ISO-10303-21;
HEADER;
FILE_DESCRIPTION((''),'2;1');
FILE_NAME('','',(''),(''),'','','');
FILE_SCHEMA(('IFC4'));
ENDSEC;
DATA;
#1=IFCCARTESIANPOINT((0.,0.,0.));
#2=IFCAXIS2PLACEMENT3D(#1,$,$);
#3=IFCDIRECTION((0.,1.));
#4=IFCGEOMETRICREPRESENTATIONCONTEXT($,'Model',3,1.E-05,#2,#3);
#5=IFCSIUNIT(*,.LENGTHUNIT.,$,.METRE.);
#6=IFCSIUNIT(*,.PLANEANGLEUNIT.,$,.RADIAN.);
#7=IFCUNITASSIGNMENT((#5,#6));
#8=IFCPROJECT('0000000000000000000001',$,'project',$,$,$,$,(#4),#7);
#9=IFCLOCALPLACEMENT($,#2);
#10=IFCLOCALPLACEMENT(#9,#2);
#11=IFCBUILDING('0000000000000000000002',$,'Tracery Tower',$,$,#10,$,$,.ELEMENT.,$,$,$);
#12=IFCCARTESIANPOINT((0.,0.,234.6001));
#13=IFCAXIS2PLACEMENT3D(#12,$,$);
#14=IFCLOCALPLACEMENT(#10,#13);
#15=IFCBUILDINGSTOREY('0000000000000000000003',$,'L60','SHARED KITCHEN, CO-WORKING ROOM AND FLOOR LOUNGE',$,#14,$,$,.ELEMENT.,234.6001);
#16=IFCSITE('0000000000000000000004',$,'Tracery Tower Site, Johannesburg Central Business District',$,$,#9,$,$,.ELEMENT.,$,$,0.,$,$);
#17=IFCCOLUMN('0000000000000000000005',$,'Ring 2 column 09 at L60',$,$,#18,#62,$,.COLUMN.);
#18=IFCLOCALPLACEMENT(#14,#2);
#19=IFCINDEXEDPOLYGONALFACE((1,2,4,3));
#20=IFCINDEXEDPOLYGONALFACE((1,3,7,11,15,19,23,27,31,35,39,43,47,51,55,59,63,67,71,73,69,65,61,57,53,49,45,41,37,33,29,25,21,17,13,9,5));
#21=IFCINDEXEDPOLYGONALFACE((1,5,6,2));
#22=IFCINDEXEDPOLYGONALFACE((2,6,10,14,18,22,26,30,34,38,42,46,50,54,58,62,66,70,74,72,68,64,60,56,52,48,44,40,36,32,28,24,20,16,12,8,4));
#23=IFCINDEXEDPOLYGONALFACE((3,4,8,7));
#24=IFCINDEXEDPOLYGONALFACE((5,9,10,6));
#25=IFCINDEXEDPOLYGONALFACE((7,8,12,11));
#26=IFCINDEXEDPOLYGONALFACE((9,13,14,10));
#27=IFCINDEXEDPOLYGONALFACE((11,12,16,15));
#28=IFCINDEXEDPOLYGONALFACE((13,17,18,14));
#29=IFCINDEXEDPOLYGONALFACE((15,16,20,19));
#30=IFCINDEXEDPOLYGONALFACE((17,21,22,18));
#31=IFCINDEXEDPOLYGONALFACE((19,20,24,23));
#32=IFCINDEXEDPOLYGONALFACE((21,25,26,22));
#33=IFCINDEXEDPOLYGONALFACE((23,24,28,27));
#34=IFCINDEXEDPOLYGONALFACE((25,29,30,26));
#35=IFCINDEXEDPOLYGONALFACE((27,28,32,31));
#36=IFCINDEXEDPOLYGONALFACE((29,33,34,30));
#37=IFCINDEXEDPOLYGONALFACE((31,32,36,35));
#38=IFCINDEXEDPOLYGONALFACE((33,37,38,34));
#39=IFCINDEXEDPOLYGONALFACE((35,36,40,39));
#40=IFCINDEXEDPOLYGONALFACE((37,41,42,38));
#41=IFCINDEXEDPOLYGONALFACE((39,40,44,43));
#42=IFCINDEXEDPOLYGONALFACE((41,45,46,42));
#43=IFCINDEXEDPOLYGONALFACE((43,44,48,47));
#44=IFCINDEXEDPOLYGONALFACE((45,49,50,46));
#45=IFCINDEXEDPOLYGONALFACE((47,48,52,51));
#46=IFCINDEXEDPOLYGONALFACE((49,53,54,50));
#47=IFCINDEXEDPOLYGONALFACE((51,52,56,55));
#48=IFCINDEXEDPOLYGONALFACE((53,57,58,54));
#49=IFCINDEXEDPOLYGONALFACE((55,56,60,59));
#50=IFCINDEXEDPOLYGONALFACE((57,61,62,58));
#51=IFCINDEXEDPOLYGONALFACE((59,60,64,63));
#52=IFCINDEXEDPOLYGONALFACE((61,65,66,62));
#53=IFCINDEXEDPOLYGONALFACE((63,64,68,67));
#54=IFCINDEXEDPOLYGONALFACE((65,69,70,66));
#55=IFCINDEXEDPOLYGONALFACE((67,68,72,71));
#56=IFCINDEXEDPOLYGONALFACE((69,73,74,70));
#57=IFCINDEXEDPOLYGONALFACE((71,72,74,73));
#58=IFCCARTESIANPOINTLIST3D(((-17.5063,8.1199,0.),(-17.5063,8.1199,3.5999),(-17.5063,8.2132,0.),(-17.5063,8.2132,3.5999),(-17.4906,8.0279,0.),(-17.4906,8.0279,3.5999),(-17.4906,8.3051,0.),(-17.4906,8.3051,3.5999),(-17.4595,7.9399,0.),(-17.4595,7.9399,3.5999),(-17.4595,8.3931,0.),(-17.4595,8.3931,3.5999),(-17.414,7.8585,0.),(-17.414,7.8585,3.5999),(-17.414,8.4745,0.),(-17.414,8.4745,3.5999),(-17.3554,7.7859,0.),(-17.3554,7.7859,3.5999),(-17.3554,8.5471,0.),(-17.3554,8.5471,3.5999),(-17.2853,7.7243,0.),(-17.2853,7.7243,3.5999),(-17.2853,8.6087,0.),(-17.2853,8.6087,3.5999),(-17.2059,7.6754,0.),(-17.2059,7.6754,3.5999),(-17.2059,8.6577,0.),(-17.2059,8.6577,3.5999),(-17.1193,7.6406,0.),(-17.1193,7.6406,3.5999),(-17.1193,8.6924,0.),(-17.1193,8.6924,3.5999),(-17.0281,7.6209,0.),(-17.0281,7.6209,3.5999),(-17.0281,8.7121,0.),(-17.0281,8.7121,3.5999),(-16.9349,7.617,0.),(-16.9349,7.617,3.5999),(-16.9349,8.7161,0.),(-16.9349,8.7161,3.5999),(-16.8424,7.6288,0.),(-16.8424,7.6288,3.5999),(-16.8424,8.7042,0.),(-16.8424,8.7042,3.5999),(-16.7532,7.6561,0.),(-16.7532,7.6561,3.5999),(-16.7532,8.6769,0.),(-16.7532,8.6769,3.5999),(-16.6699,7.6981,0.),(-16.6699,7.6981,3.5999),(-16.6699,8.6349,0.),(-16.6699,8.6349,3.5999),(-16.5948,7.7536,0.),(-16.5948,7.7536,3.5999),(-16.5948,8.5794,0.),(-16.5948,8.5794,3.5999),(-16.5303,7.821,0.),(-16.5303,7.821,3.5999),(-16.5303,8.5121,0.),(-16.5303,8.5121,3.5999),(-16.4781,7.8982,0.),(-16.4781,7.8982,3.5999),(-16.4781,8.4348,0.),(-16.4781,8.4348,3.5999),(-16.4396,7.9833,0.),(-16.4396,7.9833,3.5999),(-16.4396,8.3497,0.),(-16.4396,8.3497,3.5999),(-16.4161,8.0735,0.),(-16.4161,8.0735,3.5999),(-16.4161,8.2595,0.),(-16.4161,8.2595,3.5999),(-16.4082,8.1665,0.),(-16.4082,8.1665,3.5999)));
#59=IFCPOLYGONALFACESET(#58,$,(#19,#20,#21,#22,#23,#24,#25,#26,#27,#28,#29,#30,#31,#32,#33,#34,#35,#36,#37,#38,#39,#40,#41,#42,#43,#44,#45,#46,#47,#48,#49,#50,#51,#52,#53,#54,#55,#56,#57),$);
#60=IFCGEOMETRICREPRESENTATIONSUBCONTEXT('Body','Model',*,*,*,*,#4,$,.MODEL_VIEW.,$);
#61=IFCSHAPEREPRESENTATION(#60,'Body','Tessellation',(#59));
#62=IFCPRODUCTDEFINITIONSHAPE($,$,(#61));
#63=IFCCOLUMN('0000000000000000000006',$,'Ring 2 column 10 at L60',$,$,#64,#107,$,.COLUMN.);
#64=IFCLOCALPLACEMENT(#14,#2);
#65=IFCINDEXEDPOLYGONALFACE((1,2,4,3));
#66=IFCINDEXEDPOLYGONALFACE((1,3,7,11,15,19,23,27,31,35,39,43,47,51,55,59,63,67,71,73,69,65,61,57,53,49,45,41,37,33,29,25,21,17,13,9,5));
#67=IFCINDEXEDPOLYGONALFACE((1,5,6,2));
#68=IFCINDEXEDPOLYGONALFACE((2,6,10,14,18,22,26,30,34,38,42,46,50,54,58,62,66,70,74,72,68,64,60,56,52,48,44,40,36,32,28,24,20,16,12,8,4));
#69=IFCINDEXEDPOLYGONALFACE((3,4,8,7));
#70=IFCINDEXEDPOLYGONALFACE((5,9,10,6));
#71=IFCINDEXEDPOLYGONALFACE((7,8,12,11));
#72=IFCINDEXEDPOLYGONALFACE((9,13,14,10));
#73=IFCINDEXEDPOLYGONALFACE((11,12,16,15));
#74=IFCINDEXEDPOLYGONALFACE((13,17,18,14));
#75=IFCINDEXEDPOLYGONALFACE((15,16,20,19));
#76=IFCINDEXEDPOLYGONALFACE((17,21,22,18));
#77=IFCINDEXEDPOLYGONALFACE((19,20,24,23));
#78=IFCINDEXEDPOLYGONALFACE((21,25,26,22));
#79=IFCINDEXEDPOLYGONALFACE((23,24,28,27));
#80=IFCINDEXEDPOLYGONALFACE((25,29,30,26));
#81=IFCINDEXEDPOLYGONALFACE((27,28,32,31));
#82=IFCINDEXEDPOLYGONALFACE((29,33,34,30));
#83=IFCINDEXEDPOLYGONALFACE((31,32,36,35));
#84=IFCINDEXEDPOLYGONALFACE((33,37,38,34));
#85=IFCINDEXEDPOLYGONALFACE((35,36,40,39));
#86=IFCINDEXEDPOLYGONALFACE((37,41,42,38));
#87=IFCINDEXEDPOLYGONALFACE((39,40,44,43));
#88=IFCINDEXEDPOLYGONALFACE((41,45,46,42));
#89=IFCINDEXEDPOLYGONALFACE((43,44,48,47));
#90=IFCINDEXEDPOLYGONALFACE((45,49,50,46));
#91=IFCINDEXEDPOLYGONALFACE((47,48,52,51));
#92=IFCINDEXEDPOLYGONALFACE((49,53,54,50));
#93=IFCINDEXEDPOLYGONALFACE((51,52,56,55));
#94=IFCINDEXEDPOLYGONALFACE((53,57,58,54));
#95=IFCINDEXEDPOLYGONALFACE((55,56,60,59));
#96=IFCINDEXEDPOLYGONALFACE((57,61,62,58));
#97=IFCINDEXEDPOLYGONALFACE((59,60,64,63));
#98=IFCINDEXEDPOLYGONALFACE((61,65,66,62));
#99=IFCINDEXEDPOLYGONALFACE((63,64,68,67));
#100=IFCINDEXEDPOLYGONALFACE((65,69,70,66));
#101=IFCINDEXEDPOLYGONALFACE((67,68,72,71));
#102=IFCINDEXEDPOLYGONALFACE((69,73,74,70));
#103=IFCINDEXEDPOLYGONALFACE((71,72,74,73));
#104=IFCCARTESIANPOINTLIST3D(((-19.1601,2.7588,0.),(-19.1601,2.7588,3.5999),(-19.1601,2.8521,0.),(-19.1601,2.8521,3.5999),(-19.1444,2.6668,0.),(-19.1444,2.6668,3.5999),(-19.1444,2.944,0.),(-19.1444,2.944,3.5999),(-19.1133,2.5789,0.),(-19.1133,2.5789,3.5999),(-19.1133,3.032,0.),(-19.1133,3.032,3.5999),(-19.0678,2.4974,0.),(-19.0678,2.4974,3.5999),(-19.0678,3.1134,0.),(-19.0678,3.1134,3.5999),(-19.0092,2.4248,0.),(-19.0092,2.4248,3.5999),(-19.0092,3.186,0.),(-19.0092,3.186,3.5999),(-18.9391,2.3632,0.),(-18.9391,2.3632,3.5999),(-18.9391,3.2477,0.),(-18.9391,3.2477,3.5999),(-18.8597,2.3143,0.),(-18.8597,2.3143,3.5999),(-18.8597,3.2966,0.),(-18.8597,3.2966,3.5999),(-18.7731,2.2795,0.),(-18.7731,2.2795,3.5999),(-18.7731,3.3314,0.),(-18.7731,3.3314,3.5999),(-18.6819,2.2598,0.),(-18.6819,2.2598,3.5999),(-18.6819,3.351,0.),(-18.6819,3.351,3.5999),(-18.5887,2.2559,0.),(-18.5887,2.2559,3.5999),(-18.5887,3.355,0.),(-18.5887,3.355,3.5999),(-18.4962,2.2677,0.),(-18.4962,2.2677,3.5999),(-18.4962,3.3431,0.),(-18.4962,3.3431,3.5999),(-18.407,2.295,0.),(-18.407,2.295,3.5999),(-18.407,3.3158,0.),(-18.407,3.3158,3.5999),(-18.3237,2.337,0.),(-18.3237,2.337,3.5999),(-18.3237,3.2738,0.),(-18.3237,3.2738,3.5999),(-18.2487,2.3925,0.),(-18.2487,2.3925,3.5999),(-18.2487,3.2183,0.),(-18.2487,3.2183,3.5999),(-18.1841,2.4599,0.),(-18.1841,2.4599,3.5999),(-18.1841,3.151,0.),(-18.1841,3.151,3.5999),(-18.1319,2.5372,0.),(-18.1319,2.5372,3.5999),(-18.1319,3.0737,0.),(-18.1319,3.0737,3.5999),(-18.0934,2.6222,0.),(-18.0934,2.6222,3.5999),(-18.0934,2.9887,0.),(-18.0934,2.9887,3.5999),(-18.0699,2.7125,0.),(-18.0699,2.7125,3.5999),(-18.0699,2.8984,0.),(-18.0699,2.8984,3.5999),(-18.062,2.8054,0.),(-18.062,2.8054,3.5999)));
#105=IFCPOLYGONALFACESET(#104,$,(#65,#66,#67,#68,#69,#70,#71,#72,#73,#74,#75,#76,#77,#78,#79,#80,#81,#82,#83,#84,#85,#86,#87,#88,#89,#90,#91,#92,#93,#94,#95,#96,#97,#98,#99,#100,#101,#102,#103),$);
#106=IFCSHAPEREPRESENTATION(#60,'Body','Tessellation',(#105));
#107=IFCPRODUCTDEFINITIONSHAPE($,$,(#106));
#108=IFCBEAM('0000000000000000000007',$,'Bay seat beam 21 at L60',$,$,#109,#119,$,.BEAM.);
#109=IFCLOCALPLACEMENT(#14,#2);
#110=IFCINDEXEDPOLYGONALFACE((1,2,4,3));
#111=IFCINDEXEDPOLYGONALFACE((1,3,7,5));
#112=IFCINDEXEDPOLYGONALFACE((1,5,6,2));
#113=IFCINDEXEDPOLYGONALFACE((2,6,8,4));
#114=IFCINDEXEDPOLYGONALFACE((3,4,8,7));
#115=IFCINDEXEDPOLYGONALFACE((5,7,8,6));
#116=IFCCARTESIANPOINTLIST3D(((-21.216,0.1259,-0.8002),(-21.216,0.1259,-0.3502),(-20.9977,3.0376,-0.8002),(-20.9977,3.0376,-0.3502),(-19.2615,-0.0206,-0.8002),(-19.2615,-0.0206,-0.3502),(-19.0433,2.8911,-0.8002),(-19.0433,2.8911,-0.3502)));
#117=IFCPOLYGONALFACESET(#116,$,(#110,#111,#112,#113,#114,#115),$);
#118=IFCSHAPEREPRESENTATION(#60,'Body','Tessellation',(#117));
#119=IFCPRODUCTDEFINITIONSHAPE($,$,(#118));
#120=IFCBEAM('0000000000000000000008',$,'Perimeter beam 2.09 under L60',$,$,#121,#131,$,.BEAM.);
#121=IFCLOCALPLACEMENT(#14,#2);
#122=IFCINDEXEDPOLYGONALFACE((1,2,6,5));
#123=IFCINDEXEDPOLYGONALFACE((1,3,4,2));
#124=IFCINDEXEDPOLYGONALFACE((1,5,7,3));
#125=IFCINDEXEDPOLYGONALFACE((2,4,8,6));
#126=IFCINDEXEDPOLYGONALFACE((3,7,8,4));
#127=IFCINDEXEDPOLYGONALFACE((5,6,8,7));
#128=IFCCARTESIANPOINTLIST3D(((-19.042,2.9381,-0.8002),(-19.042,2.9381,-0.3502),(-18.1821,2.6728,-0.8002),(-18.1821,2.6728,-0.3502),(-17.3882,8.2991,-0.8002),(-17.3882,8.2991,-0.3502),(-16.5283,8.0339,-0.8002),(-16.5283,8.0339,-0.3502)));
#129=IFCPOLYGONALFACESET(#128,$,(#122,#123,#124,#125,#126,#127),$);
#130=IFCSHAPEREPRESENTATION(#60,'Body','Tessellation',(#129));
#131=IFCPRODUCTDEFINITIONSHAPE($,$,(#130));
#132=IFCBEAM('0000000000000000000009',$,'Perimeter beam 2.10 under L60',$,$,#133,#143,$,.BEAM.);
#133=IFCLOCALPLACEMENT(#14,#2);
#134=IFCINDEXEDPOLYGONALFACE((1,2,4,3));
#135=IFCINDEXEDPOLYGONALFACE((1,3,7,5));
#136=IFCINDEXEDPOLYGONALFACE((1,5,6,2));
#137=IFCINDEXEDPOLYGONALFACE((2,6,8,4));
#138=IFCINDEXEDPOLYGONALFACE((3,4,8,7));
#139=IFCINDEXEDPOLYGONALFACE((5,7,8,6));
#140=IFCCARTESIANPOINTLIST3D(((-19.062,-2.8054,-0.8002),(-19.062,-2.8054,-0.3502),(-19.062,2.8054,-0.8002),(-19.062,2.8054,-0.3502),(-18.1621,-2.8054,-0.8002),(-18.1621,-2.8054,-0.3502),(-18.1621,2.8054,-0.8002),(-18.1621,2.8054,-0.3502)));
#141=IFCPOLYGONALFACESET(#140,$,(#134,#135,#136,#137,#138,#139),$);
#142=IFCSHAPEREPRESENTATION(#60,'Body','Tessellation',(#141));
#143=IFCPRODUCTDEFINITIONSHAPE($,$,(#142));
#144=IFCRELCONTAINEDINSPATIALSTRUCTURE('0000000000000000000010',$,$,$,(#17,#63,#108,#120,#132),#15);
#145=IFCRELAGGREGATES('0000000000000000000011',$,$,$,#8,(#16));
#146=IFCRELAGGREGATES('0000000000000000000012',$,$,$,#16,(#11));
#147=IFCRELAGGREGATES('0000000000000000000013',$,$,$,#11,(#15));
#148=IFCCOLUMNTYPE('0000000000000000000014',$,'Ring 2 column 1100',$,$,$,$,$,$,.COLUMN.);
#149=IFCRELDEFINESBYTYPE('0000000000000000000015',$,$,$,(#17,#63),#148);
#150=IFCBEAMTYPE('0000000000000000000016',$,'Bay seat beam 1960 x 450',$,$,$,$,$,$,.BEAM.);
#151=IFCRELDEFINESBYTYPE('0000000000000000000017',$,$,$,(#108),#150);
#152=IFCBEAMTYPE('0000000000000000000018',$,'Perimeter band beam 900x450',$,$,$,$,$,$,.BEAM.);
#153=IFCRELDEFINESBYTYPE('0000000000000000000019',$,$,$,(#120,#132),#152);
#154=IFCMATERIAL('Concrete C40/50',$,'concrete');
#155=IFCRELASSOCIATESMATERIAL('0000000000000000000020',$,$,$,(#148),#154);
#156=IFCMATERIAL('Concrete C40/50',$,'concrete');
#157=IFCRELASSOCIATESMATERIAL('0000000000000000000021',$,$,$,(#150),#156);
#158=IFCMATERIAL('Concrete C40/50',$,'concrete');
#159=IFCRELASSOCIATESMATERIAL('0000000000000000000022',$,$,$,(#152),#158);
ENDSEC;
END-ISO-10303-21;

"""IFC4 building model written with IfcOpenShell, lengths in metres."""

from ifc_helpers import new_model, si_unit, direction, frame, origin, origin_2d, place, context, subcontext, project, spatial, rectangle, circle, extrude, material, material_profile, profile_set, type_object, element, save


model = new_model("IFC4")

# Units and contexts
model_context = context("Model", 3, precision=1e-05, world=origin(), true_north=direction((0.0, 1.0)))
body_context = subcontext(model_context, "Body", "Model", "MODEL_VIEW")
ifc_project = project(units=[si_unit("LENGTHUNIT", "METRE"), si_unit("PLANEANGLEUNIT", "RADIAN")], contexts=[model_context])

# Site, building, storey
site_placement = place(None, origin())
site = spatial("IfcSite", under=ifc_project, at=site_placement, Name="Tracery Tower Site, Johannesburg Central Business District", CompositionType="ELEMENT", RefElevation=0.0)
building_placement = place(site_placement, origin())
building = spatial("IfcBuilding", under=site, at=building_placement, Name="Tracery Tower", CompositionType="ELEMENT")
storey_placement = place(building_placement, frame((0.0, 0.0, 234.6001)))
storey = spatial("IfcBuildingStorey", under=building, at=storey_placement, Name="L60", Description="SHARED KITCHEN, CO-WORKING ROOM AND FLOOR LOUNGE", CompositionType="ELEMENT", Elevation=234.6001)

# Columns
ifc_material_1 = material(Name="Concrete C40/50", Category="concrete")
ifc_material_profile_1 = material_profile(ifc_material_1, circle(Radius=0.55, at=origin_2d()), Name="RC D1100")
ifc_profile_set_1 = profile_set([ifc_material_profile_1], Name="Concrete C40/50")
column_type = type_object("IfcColumnType", Name="Ring 2 column 1100", PredefinedType="COLUMN", material=ifc_profile_set_1)
for number, where, z_axis, x_axis, name in (
    (1, (-16.9583, 8.1665, 0.0), (0.0, 0.0, 1.0), (1.0, 0.0, 0.0), "Ring 2 column 09 at L60"),
    (2, (-18.6121, 2.8054, 0.0), (0.0, 0.0, 1.0), (1.0, 0.0, 0.0), "Ring 2 column 10 at L60"),
):
    element("IfcColumn", number, at=place(storey_placement, frame(where, z_axis=z_axis, x_axis=x_axis)), inside=storey, type_object=column_type, Name=name, PredefinedType="COLUMN", context=body_context, shape_type="SweptSolid", body=[
        extrude(circle(Radius=0.55, at=origin_2d()), origin(), (0.0, 0.0, 1.0), 3.5999),
    ])

# Beams
ifc_material_2 = material(Name="Concrete C40/50", Category="concrete")
ifc_material_profile_2 = material_profile(ifc_material_2, rectangle(XDim=1.96, YDim=0.45, at=origin_2d()), Name="RC 1960x450")
ifc_profile_set_2 = profile_set([ifc_material_profile_2], Name="Concrete C40/50")
beam_type_1 = type_object("IfcBeamType", Name="Bay seat beam 1960 x 450", PredefinedType="BEAM", material=ifc_profile_set_2)
beam_1_placement = place(storey_placement, frame((-20.0205, 2.9644, -0.5752), z_axis=(-0.074746, -0.997203, 0.0), x_axis=(0.997203, -0.074746, 0.0)))
element("IfcBeam", 3, at=beam_1_placement, inside=storey, type_object=beam_type_1, Name="Bay seat beam 21 at L60", PredefinedType="BEAM", context=body_context, shape_type="SweptSolid", body=[
    extrude(rectangle(XDim=1.96, YDim=0.45, at=origin_2d()), origin(), (0.0, 0.0, 1.0), 2.9199),
])
ifc_material_3 = material(Name="Concrete C40/50", Category="concrete")
ifc_material_profile_3 = material_profile(ifc_material_3, rectangle(XDim=0.8999, YDim=0.45, at=origin_2d()), Name="RC 900x450")
ifc_profile_set_3 = profile_set([ifc_material_profile_3], Name="Concrete C40/50")
beam_type_2 = type_object("IfcBeamType", Name="Perimeter band beam 900x450", PredefinedType="BEAM", material=ifc_profile_set_3)
beam_2_placement = place(storey_placement, frame((-16.9583, 8.1665, -0.5752), z_axis=(-0.294777, -0.955566, 0.0), x_axis=(0.955566, -0.294777, 0.0)))
element("IfcBeam", 4, at=beam_2_placement, inside=storey, type_object=beam_type_2, Name="Perimeter beam 2.09 under L60", PredefinedType="BEAM", context=body_context, shape_type="SweptSolid", body=[
    extrude(rectangle(XDim=0.8999, YDim=0.45, at=origin_2d()), origin(), (0.0, 0.0, 1.0), 5.6104),
])
beam_3_placement = place(storey_placement, frame((-18.6121, 2.8054, -0.5752), z_axis=(0.0, -1.0, 0.0), x_axis=(1.0, 0.0, 0.0)))
element("IfcBeam", 5, at=beam_3_placement, inside=storey, type_object=beam_type_2, Name="Perimeter beam 2.10 under L60", PredefinedType="BEAM", context=body_context, shape_type="SweptSolid", body=[
    extrude(rectangle(XDim=0.8999, YDim=0.45, at=origin_2d()), origin(), (0.0, 0.0, 1.0), 5.6108),
])

save(model, "model.ifc")
